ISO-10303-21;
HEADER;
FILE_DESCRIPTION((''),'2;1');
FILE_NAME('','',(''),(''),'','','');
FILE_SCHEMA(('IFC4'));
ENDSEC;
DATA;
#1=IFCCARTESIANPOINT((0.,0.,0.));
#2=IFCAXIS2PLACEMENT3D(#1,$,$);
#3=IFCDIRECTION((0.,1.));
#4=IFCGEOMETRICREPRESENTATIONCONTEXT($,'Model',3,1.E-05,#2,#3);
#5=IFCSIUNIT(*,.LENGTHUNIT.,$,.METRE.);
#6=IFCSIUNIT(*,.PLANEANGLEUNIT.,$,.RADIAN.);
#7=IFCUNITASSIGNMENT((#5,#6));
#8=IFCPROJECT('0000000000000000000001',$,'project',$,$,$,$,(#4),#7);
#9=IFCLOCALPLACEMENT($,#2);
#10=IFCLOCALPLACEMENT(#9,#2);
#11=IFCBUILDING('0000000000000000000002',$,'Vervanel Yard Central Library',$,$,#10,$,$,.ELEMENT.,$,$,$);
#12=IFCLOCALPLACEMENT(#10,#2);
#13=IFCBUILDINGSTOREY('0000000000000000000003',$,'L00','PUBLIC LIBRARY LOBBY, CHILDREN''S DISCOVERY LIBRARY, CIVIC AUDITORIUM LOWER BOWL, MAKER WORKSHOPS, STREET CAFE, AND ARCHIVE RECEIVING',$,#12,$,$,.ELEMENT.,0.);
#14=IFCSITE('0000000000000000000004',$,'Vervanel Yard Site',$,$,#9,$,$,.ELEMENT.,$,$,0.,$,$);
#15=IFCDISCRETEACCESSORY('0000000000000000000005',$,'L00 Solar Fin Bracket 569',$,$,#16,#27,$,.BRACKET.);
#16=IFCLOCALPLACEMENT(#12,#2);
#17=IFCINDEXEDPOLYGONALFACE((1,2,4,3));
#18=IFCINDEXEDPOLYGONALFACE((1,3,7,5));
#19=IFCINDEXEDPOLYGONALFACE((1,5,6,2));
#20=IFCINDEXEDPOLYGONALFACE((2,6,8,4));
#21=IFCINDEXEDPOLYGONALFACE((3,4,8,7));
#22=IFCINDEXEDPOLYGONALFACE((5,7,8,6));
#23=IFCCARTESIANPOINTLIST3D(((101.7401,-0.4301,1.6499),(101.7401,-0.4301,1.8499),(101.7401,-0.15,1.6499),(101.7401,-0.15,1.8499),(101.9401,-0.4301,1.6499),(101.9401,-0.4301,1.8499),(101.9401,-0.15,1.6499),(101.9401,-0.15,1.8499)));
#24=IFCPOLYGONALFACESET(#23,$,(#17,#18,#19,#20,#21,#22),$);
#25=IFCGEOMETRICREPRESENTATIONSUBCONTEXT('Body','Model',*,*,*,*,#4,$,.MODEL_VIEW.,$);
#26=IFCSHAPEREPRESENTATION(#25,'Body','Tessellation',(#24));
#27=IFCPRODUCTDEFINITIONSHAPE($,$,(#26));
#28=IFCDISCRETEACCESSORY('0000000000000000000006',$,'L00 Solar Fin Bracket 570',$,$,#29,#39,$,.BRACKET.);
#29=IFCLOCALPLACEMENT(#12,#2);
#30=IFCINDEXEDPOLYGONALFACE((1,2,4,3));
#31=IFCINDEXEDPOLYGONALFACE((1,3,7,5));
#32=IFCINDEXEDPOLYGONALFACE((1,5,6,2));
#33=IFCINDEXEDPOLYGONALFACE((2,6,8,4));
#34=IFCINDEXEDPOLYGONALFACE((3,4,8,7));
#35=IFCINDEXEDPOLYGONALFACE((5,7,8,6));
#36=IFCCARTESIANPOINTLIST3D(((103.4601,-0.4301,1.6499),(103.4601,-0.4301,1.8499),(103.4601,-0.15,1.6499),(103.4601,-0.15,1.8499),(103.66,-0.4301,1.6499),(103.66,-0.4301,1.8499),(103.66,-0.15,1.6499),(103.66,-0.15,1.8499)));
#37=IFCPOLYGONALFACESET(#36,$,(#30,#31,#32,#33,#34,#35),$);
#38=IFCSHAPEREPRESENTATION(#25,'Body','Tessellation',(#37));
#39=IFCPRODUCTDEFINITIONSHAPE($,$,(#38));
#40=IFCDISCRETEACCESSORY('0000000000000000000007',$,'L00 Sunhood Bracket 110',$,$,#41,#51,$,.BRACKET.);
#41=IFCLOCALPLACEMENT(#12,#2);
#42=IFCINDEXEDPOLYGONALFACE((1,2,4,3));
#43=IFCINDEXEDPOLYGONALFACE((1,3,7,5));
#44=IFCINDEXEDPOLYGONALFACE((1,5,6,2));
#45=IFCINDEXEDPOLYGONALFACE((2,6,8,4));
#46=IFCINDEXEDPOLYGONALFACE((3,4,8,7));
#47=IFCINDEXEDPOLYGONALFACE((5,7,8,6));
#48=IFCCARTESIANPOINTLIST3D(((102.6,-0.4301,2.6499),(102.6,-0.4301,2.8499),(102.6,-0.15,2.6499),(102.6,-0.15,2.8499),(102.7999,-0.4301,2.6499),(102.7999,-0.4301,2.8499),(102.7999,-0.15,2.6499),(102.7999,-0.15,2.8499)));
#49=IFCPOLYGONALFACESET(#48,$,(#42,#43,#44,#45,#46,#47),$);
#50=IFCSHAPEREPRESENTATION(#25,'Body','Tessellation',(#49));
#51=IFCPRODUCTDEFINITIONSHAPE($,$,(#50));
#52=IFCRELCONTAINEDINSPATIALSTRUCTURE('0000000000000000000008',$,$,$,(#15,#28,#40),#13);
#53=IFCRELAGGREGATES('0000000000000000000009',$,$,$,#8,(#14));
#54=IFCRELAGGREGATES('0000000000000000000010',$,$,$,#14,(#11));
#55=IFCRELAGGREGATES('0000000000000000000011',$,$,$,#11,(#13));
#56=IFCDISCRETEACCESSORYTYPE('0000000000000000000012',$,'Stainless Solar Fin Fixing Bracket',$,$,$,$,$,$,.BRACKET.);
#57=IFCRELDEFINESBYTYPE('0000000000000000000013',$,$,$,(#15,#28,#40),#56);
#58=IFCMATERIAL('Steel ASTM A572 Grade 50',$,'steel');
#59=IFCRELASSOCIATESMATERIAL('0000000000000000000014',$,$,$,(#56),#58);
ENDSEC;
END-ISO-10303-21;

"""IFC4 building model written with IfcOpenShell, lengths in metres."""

from ifc_helpers import new_model, si_unit, direction, frame, origin, origin_2d, place, context, subcontext, project, spatial, rectangle, extrude, material, type_object, element, save


model = new_model("IFC4")

# Units and contexts
model_context = context("Model", 3, precision=1e-05, world=origin(), true_north=direction((0.0, 1.0)))
body_context = subcontext(model_context, "Body", "Model", "MODEL_VIEW")
ifc_project = project(units=[si_unit("LENGTHUNIT", "METRE"), si_unit("PLANEANGLEUNIT", "RADIAN")], contexts=[model_context])

# Site, building, storey
site_placement = place(None, origin())
site = spatial("IfcSite", under=ifc_project, at=site_placement, Name="Vervanel Yard Site", CompositionType="ELEMENT", RefElevation=0.0)
building_placement = place(site_placement, origin())
building = spatial("IfcBuilding", under=site, at=building_placement, Name="Vervanel Yard Central Library", CompositionType="ELEMENT")
storey_placement = place(building_placement, origin())
storey = spatial("IfcBuildingStorey", under=building, at=storey_placement, Name="L00", Description="PUBLIC LIBRARY LOBBY, CHILDREN'S DISCOVERY LIBRARY, CIVIC AUDITORIUM LOWER BOWL, MAKER WORKSHOPS, STREET CAFE, AND ARCHIVE RECEIVING", CompositionType="ELEMENT", Elevation=0.0)

# Discrete accessories
ifc_material_1 = material(Name="Steel ASTM A572 Grade 50", Category="steel")
discrete_accessory_type = type_object("IfcDiscreteAccessoryType", Name="Stainless Solar Fin Fixing Bracket", PredefinedType="BRACKET", material=ifc_material_1)
for number, where, z_axis, x_axis, name in (
    (1, (101.8401, -0.29, 1.6499), (0.0, 0.0, 1.0), (1.0, 0.0, 0.0), "L00 Solar Fin Bracket 569"),
    (2, (103.5601, -0.29, 1.6499), (0.0, 0.0, 1.0), (1.0, 0.0, 0.0), "L00 Solar Fin Bracket 570"),
    (3, (102.7, -0.29, 2.6499), (0.0, 0.0, 1.0), (1.0, 0.0, 0.0), "L00 Sunhood Bracket 110"),
):
    element("IfcDiscreteAccessory", number, at=place(storey_placement, frame(where, z_axis=z_axis, x_axis=x_axis)), inside=storey, type_object=discrete_accessory_type, Name=name, PredefinedType="BRACKET", context=body_context, shape_type="SweptSolid", body=[
        extrude(rectangle(XDim=0.2, YDim=0.28, at=origin_2d()), origin(), (0.0, 0.0, 1.0), 0.2),
    ])

save(model, "model.ifc")
